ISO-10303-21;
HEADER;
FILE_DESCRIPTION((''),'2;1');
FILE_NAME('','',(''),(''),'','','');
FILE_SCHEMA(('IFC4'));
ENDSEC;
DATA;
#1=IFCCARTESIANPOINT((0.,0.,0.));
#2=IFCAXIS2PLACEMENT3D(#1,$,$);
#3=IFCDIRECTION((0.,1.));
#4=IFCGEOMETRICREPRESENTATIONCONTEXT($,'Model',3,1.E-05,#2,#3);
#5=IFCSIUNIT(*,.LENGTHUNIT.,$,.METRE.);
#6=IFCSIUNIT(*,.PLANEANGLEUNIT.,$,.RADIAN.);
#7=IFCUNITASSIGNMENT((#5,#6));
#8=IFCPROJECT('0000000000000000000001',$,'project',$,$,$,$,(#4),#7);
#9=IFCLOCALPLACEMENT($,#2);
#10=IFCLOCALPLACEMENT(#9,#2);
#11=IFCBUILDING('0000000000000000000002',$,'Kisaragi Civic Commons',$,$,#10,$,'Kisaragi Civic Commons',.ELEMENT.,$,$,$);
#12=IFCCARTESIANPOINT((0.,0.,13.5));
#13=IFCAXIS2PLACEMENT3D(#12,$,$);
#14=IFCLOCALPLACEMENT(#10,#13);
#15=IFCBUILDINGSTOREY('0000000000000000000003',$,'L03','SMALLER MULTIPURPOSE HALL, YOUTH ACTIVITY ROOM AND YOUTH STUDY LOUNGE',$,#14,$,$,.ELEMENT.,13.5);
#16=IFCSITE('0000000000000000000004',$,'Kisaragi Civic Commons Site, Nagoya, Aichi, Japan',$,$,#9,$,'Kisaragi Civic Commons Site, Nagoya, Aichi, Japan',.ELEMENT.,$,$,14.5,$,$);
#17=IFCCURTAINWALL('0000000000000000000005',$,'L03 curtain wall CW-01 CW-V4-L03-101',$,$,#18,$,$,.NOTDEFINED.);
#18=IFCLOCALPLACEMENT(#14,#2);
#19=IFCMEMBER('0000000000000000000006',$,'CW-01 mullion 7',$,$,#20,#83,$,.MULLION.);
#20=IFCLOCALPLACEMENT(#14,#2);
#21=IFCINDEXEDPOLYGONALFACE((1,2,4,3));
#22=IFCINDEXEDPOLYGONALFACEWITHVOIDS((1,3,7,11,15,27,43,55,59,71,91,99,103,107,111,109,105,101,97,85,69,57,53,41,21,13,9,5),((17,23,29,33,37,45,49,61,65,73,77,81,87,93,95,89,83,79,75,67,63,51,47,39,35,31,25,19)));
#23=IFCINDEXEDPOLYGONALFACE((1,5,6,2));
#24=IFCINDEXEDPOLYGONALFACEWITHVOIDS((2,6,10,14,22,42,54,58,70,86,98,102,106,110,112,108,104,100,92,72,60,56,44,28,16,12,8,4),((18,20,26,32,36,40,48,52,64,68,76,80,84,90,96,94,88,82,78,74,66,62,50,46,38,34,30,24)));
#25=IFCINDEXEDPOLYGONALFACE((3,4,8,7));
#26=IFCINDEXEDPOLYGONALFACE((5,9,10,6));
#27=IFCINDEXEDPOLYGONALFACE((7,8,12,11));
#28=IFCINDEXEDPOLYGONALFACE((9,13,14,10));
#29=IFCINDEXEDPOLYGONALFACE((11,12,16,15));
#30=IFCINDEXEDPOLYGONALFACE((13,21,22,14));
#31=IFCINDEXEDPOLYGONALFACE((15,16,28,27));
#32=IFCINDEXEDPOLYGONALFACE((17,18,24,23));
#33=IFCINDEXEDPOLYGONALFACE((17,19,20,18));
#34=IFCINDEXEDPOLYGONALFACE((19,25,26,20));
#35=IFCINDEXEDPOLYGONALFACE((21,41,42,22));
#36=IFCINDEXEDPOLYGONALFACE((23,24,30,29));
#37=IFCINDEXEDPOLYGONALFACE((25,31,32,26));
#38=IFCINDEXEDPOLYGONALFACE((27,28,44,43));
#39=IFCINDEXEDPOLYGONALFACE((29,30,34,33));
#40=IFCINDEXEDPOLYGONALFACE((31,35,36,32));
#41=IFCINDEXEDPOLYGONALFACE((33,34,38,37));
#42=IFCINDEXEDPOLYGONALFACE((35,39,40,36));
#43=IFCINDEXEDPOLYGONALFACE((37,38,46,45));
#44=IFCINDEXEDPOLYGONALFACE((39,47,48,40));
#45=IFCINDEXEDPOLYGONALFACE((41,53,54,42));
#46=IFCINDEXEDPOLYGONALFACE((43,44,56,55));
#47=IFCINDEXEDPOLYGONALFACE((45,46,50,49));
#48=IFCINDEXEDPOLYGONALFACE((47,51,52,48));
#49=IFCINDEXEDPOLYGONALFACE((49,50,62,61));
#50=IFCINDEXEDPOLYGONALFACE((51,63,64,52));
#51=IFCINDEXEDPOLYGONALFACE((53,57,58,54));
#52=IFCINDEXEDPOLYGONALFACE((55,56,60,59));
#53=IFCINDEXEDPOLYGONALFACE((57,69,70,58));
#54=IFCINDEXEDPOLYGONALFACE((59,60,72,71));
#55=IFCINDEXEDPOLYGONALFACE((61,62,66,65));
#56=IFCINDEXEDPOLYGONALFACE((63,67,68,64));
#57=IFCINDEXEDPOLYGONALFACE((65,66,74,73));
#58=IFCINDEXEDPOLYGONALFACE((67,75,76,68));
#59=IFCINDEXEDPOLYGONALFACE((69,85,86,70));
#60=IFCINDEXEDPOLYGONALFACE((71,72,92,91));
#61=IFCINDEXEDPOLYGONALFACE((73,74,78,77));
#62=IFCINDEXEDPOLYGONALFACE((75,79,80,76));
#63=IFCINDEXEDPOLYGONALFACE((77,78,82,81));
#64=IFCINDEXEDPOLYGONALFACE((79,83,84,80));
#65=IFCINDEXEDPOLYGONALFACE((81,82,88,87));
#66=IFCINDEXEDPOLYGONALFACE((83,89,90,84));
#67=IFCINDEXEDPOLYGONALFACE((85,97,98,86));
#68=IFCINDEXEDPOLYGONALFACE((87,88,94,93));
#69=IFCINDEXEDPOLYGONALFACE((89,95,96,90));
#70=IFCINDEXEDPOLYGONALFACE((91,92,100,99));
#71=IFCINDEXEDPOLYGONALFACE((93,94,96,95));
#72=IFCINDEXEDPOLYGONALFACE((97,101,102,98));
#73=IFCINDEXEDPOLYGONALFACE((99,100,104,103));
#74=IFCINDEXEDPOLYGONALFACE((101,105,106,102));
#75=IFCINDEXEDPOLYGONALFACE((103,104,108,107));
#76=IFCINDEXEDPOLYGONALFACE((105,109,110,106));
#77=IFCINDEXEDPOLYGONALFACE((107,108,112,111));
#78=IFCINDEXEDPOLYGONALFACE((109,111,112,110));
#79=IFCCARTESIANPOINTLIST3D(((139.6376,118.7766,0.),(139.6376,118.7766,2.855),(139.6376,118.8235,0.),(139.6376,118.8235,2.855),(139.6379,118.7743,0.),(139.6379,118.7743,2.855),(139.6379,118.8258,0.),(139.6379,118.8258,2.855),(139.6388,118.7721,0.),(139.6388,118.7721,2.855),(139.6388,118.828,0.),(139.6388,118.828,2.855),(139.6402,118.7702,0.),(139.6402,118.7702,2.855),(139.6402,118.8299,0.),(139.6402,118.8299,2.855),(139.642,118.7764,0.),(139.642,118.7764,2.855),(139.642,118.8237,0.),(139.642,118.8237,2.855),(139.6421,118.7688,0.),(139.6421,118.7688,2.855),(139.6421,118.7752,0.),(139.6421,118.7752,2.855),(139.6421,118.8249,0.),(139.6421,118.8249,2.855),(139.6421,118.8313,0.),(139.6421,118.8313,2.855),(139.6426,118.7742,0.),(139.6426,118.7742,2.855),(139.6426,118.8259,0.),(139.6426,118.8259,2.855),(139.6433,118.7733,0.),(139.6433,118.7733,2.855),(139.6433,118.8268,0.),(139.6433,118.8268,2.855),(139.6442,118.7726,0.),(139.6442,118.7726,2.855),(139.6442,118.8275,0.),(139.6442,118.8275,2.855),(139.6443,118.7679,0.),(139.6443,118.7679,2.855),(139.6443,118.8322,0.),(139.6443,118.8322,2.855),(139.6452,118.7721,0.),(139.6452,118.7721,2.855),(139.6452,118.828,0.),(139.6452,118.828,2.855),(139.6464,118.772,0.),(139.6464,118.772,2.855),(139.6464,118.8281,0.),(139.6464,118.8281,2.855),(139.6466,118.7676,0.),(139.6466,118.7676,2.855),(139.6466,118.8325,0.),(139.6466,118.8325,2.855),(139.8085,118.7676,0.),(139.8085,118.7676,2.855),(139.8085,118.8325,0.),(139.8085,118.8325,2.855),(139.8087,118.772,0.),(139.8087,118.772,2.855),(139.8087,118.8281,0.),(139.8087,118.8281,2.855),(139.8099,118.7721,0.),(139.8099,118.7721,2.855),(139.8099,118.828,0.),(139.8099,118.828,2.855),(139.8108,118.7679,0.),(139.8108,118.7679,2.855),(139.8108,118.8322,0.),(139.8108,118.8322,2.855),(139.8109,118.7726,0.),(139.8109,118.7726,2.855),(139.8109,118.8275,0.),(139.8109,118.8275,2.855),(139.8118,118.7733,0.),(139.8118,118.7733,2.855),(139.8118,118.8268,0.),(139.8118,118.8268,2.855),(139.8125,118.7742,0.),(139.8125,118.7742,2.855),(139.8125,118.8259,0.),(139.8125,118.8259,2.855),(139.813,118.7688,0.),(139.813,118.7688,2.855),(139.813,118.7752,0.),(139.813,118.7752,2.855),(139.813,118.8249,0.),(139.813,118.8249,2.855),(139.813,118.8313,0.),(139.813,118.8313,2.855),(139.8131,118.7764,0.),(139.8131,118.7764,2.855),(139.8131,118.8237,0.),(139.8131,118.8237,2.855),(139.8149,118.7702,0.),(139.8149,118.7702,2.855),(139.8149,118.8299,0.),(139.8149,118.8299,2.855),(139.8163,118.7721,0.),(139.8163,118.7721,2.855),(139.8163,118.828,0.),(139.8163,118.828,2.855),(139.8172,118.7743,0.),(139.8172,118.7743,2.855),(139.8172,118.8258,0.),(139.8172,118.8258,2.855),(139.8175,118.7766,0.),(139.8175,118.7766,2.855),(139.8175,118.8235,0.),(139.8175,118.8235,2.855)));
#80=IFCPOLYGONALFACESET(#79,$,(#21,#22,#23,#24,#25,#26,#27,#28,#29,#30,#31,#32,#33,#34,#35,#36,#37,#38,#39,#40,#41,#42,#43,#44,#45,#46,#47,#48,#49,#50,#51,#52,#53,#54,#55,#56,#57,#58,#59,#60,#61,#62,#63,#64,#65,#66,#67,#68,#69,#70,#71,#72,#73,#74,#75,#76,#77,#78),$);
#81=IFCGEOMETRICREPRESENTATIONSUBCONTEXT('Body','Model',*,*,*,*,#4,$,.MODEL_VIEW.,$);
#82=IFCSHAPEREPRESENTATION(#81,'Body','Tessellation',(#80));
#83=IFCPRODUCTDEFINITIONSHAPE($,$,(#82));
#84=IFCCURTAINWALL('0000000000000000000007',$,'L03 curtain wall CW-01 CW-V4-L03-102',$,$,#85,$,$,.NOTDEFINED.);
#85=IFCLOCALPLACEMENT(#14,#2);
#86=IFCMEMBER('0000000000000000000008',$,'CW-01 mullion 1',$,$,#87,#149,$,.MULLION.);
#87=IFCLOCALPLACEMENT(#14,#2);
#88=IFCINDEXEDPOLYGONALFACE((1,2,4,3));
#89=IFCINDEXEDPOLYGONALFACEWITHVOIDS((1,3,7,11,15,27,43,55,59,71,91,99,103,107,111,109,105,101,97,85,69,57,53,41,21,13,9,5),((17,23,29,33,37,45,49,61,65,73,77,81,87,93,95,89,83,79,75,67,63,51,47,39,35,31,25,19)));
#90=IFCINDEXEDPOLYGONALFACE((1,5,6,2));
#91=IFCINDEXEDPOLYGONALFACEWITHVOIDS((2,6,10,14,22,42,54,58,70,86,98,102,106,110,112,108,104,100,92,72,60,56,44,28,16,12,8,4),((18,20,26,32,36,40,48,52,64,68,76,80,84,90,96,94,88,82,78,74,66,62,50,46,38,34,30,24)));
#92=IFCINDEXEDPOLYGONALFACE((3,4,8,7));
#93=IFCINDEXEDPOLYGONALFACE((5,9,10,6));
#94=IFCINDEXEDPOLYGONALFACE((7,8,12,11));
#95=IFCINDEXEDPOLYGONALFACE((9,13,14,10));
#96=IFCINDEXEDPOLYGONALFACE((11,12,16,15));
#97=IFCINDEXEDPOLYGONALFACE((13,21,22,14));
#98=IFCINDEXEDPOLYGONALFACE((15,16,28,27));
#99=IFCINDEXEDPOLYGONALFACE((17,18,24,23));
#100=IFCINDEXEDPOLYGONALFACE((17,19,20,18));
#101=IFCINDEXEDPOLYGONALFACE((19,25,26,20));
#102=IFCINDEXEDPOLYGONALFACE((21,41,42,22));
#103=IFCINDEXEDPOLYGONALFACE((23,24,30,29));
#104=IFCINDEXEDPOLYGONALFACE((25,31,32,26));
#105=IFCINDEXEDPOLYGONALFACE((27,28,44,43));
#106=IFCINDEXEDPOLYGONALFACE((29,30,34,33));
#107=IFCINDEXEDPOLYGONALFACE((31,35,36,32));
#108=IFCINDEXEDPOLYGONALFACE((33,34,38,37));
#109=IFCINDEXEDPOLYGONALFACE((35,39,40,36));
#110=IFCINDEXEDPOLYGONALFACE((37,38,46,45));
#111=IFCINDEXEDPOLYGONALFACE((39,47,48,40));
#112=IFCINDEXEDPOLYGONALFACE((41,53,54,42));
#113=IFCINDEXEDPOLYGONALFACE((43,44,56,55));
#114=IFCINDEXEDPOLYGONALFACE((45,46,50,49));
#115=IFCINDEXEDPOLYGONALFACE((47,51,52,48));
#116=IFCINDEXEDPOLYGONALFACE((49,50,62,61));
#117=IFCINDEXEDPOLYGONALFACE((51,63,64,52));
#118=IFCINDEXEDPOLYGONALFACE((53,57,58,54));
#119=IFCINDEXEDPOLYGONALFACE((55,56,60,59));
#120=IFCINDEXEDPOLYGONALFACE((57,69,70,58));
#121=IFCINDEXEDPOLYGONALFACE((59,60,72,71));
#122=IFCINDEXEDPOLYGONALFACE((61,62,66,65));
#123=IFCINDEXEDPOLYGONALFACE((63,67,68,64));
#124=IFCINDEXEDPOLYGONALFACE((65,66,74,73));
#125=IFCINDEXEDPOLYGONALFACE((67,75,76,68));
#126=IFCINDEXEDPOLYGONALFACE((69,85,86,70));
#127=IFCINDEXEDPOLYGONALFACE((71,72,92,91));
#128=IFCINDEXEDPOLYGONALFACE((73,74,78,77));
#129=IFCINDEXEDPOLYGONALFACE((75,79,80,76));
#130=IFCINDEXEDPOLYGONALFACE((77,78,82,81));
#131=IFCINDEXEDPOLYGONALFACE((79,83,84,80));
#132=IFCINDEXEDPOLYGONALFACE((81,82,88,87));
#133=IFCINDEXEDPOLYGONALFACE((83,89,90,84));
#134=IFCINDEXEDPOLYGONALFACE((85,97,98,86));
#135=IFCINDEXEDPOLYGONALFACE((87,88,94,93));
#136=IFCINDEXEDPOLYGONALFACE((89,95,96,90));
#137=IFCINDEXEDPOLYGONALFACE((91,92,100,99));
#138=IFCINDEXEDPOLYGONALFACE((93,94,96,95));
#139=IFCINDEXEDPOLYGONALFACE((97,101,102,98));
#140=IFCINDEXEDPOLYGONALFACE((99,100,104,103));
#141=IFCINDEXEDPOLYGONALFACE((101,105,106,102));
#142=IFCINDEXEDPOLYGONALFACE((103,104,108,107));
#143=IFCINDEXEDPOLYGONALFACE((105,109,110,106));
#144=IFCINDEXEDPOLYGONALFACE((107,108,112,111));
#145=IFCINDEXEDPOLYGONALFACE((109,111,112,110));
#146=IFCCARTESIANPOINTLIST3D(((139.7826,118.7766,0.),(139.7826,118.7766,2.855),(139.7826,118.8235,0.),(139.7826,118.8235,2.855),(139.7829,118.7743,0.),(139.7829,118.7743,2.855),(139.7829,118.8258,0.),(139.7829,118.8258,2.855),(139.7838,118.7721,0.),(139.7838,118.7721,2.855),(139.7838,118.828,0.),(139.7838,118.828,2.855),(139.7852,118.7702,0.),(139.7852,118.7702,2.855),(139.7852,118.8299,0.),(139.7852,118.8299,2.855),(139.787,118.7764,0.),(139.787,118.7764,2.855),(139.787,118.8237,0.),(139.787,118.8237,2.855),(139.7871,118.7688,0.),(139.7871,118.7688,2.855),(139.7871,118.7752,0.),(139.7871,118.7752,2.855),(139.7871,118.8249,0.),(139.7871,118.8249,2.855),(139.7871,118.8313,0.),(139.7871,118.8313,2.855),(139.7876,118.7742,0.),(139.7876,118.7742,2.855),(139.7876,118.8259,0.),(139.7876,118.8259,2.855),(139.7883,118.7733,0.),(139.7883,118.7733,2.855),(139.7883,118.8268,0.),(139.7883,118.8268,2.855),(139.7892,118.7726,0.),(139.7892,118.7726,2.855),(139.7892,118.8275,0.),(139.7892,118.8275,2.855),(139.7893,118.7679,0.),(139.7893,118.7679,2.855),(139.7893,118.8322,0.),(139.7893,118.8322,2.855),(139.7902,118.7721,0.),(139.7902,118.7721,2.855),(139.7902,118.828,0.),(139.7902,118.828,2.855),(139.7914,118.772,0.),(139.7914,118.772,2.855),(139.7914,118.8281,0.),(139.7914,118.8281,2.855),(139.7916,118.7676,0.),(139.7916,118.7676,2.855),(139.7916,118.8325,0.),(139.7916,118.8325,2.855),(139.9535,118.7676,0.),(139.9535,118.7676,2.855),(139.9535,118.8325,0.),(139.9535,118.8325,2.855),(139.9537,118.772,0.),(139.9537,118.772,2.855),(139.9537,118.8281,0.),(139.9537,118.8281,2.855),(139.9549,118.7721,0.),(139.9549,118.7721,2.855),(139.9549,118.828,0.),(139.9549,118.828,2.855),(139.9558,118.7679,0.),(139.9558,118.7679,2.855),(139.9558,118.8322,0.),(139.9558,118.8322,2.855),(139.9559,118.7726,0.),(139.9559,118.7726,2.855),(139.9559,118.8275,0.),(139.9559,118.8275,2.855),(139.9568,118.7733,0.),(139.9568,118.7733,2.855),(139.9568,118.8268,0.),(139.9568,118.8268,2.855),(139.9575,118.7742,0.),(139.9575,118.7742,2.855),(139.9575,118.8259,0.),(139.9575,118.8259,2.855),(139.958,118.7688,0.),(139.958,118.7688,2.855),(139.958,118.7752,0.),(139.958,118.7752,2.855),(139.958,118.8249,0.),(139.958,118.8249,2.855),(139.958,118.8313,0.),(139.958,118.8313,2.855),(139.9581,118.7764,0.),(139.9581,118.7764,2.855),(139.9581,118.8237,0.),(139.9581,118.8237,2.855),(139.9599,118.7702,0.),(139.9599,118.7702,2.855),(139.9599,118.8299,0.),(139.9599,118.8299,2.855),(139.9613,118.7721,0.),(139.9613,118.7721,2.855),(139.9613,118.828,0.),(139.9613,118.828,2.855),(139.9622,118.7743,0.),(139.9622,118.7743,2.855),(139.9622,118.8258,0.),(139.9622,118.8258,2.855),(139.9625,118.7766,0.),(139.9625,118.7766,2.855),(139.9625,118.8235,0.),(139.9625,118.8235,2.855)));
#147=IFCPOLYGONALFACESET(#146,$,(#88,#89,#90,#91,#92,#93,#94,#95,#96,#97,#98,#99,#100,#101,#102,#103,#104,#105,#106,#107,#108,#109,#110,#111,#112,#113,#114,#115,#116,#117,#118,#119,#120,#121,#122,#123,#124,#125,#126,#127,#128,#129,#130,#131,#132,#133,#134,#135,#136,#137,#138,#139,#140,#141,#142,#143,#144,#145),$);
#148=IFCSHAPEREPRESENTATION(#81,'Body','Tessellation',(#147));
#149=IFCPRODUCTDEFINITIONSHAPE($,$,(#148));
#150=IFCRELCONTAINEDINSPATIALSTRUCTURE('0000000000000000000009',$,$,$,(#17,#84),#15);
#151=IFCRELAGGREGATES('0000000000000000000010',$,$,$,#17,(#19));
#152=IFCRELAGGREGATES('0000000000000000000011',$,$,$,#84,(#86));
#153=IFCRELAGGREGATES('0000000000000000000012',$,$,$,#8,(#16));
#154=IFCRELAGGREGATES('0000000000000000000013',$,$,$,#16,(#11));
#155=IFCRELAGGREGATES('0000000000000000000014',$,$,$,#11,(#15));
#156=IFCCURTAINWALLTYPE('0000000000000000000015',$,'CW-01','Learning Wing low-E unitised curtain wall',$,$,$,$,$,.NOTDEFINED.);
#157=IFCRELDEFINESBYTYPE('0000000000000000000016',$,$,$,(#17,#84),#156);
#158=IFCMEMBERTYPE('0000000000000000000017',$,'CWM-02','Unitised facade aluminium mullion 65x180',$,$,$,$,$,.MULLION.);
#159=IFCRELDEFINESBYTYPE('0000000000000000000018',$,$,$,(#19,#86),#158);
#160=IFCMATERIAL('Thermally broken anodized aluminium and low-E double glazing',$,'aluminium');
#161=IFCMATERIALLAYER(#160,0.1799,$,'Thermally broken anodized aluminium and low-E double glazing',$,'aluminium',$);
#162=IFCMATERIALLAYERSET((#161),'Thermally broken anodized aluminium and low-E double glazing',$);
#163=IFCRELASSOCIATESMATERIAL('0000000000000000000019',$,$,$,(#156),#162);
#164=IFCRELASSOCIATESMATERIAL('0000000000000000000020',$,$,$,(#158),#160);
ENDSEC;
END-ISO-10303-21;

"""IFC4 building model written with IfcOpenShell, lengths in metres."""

from ifc_helpers import new_model, si_unit, direction, frame, origin, origin_2d, place, context, subcontext, project, spatial, hollow_rectangle, extrude, material, layer, layer_set, material_profile, profile_set, type_object, element, aggregate, save


model = new_model("IFC4")

# Units and contexts
model_context = context("Model", 3, precision=1e-05, world=origin(), true_north=direction((0.0, 1.0)))
body_context = subcontext(model_context, "Body", "Model", "MODEL_VIEW")
ifc_project = project(units=[si_unit("LENGTHUNIT", "METRE"), si_unit("PLANEANGLEUNIT", "RADIAN")], contexts=[model_context])

# Site, building, storey
site_placement = place(None, origin())
site = spatial("IfcSite", under=ifc_project, at=site_placement, Name="Kisaragi Civic Commons Site, Nagoya, Aichi, Japan", LongName="Kisaragi Civic Commons Site, Nagoya, Aichi, Japan", CompositionType="ELEMENT", RefElevation=14.5)
building_placement = place(site_placement, origin())
building = spatial("IfcBuilding", under=site, at=building_placement, Name="Kisaragi Civic Commons", LongName="Kisaragi Civic Commons", CompositionType="ELEMENT")
storey_placement = place(building_placement, frame((0.0, 0.0, 13.5)))
storey = spatial("IfcBuildingStorey", under=building, at=storey_placement, Name="L03", Description="SMALLER MULTIPURPOSE HALL, YOUTH ACTIVITY ROOM AND YOUTH STUDY LOUNGE", CompositionType="ELEMENT", Elevation=13.5)

# Curtain wall, member
ifc_material = material(Name="Thermally broken anodized aluminium and low-E double glazing", Category="aluminium")
ifc_layer_1 = layer(ifc_material, 0.1799, Name="Thermally broken anodized aluminium and low-E double glazing", Category="aluminium")
ifc_layer_set_1 = layer_set([ifc_layer_1], Name="Thermally broken anodized aluminium and low-E double glazing")
curtain_wall_type = type_object("IfcCurtainWallType", Name="CW-01", Description="Learning Wing low-E unitised curtain wall", PredefinedType="NOTDEFINED", material=ifc_layer_set_1)
curtain_wall_1_placement = place(storey_placement, origin())
curtain_wall_1 = element("IfcCurtainWall", 1, at=curtain_wall_1_placement, inside=storey, type_object=curtain_wall_type, Name="L03 curtain wall CW-01 CW-V4-L03-101", PredefinedType="NOTDEFINED")
ifc_material_profile_1 = material_profile(ifc_material, hollow_rectangle(XDim=0.0649, YDim=0.1799, WallThickness=0.0044, InnerFilletRadius=0.0044, OuterFilletRadius=0.009, at=origin_2d()), Name="CWM-65x180x4.5", Category="aluminium")
ifc_profile_set_1 = profile_set([ifc_material_profile_1], Name="Thermally broken anodized aluminium and low-E double glazing")
member_type_1 = type_object("IfcMemberType", Name="CWM-02", Description="Unitised facade aluminium mullion 65x180", PredefinedType="MULLION", material=ifc_profile_set_1)
member_1_placement = place(storey_placement, frame((139.7275, 118.8, 0.0), z_axis=(0.0, 0.0, 1.0), x_axis=(0.0, 1.0, 0.0)))
member_1 = element("IfcMember", 2, at=member_1_placement, type_object=member_type_1, Name="CW-01 mullion 7", PredefinedType="MULLION", context=body_context, shape_type="SweptSolid", body=[
    extrude(hollow_rectangle(XDim=0.0649, YDim=0.1799, WallThickness=0.0044, InnerFilletRadius=0.0044, OuterFilletRadius=0.009, at=origin_2d()), origin(), (0.0, 0.0, 1.0), 2.855),
])

# Curtain wall, member
curtain_wall_2_placement = place(storey_placement, origin())
curtain_wall_2 = element("IfcCurtainWall", 3, at=curtain_wall_2_placement, inside=storey, type_object=curtain_wall_type, Name="L03 curtain wall CW-01 CW-V4-L03-102", PredefinedType="NOTDEFINED")
member_2_placement = place(storey_placement, frame((139.8726, 118.8, 0.0), z_axis=(0.0, 0.0, 1.0), x_axis=(0.0, 1.0, 0.0)))
member_2 = element("IfcMember", 4, at=member_2_placement, type_object=member_type_1, Name="CW-01 mullion 1", PredefinedType="MULLION", context=body_context, shape_type="SweptSolid", body=[
    extrude(hollow_rectangle(XDim=0.0649, YDim=0.1799, WallThickness=0.0044, InnerFilletRadius=0.0044, OuterFilletRadius=0.009, at=origin_2d()), origin(), (0.0, 0.0, 1.0), 2.855),
])

aggregate(curtain_wall_1, [member_1])
aggregate(curtain_wall_2, [member_2])

save(model, "model.ifc")
